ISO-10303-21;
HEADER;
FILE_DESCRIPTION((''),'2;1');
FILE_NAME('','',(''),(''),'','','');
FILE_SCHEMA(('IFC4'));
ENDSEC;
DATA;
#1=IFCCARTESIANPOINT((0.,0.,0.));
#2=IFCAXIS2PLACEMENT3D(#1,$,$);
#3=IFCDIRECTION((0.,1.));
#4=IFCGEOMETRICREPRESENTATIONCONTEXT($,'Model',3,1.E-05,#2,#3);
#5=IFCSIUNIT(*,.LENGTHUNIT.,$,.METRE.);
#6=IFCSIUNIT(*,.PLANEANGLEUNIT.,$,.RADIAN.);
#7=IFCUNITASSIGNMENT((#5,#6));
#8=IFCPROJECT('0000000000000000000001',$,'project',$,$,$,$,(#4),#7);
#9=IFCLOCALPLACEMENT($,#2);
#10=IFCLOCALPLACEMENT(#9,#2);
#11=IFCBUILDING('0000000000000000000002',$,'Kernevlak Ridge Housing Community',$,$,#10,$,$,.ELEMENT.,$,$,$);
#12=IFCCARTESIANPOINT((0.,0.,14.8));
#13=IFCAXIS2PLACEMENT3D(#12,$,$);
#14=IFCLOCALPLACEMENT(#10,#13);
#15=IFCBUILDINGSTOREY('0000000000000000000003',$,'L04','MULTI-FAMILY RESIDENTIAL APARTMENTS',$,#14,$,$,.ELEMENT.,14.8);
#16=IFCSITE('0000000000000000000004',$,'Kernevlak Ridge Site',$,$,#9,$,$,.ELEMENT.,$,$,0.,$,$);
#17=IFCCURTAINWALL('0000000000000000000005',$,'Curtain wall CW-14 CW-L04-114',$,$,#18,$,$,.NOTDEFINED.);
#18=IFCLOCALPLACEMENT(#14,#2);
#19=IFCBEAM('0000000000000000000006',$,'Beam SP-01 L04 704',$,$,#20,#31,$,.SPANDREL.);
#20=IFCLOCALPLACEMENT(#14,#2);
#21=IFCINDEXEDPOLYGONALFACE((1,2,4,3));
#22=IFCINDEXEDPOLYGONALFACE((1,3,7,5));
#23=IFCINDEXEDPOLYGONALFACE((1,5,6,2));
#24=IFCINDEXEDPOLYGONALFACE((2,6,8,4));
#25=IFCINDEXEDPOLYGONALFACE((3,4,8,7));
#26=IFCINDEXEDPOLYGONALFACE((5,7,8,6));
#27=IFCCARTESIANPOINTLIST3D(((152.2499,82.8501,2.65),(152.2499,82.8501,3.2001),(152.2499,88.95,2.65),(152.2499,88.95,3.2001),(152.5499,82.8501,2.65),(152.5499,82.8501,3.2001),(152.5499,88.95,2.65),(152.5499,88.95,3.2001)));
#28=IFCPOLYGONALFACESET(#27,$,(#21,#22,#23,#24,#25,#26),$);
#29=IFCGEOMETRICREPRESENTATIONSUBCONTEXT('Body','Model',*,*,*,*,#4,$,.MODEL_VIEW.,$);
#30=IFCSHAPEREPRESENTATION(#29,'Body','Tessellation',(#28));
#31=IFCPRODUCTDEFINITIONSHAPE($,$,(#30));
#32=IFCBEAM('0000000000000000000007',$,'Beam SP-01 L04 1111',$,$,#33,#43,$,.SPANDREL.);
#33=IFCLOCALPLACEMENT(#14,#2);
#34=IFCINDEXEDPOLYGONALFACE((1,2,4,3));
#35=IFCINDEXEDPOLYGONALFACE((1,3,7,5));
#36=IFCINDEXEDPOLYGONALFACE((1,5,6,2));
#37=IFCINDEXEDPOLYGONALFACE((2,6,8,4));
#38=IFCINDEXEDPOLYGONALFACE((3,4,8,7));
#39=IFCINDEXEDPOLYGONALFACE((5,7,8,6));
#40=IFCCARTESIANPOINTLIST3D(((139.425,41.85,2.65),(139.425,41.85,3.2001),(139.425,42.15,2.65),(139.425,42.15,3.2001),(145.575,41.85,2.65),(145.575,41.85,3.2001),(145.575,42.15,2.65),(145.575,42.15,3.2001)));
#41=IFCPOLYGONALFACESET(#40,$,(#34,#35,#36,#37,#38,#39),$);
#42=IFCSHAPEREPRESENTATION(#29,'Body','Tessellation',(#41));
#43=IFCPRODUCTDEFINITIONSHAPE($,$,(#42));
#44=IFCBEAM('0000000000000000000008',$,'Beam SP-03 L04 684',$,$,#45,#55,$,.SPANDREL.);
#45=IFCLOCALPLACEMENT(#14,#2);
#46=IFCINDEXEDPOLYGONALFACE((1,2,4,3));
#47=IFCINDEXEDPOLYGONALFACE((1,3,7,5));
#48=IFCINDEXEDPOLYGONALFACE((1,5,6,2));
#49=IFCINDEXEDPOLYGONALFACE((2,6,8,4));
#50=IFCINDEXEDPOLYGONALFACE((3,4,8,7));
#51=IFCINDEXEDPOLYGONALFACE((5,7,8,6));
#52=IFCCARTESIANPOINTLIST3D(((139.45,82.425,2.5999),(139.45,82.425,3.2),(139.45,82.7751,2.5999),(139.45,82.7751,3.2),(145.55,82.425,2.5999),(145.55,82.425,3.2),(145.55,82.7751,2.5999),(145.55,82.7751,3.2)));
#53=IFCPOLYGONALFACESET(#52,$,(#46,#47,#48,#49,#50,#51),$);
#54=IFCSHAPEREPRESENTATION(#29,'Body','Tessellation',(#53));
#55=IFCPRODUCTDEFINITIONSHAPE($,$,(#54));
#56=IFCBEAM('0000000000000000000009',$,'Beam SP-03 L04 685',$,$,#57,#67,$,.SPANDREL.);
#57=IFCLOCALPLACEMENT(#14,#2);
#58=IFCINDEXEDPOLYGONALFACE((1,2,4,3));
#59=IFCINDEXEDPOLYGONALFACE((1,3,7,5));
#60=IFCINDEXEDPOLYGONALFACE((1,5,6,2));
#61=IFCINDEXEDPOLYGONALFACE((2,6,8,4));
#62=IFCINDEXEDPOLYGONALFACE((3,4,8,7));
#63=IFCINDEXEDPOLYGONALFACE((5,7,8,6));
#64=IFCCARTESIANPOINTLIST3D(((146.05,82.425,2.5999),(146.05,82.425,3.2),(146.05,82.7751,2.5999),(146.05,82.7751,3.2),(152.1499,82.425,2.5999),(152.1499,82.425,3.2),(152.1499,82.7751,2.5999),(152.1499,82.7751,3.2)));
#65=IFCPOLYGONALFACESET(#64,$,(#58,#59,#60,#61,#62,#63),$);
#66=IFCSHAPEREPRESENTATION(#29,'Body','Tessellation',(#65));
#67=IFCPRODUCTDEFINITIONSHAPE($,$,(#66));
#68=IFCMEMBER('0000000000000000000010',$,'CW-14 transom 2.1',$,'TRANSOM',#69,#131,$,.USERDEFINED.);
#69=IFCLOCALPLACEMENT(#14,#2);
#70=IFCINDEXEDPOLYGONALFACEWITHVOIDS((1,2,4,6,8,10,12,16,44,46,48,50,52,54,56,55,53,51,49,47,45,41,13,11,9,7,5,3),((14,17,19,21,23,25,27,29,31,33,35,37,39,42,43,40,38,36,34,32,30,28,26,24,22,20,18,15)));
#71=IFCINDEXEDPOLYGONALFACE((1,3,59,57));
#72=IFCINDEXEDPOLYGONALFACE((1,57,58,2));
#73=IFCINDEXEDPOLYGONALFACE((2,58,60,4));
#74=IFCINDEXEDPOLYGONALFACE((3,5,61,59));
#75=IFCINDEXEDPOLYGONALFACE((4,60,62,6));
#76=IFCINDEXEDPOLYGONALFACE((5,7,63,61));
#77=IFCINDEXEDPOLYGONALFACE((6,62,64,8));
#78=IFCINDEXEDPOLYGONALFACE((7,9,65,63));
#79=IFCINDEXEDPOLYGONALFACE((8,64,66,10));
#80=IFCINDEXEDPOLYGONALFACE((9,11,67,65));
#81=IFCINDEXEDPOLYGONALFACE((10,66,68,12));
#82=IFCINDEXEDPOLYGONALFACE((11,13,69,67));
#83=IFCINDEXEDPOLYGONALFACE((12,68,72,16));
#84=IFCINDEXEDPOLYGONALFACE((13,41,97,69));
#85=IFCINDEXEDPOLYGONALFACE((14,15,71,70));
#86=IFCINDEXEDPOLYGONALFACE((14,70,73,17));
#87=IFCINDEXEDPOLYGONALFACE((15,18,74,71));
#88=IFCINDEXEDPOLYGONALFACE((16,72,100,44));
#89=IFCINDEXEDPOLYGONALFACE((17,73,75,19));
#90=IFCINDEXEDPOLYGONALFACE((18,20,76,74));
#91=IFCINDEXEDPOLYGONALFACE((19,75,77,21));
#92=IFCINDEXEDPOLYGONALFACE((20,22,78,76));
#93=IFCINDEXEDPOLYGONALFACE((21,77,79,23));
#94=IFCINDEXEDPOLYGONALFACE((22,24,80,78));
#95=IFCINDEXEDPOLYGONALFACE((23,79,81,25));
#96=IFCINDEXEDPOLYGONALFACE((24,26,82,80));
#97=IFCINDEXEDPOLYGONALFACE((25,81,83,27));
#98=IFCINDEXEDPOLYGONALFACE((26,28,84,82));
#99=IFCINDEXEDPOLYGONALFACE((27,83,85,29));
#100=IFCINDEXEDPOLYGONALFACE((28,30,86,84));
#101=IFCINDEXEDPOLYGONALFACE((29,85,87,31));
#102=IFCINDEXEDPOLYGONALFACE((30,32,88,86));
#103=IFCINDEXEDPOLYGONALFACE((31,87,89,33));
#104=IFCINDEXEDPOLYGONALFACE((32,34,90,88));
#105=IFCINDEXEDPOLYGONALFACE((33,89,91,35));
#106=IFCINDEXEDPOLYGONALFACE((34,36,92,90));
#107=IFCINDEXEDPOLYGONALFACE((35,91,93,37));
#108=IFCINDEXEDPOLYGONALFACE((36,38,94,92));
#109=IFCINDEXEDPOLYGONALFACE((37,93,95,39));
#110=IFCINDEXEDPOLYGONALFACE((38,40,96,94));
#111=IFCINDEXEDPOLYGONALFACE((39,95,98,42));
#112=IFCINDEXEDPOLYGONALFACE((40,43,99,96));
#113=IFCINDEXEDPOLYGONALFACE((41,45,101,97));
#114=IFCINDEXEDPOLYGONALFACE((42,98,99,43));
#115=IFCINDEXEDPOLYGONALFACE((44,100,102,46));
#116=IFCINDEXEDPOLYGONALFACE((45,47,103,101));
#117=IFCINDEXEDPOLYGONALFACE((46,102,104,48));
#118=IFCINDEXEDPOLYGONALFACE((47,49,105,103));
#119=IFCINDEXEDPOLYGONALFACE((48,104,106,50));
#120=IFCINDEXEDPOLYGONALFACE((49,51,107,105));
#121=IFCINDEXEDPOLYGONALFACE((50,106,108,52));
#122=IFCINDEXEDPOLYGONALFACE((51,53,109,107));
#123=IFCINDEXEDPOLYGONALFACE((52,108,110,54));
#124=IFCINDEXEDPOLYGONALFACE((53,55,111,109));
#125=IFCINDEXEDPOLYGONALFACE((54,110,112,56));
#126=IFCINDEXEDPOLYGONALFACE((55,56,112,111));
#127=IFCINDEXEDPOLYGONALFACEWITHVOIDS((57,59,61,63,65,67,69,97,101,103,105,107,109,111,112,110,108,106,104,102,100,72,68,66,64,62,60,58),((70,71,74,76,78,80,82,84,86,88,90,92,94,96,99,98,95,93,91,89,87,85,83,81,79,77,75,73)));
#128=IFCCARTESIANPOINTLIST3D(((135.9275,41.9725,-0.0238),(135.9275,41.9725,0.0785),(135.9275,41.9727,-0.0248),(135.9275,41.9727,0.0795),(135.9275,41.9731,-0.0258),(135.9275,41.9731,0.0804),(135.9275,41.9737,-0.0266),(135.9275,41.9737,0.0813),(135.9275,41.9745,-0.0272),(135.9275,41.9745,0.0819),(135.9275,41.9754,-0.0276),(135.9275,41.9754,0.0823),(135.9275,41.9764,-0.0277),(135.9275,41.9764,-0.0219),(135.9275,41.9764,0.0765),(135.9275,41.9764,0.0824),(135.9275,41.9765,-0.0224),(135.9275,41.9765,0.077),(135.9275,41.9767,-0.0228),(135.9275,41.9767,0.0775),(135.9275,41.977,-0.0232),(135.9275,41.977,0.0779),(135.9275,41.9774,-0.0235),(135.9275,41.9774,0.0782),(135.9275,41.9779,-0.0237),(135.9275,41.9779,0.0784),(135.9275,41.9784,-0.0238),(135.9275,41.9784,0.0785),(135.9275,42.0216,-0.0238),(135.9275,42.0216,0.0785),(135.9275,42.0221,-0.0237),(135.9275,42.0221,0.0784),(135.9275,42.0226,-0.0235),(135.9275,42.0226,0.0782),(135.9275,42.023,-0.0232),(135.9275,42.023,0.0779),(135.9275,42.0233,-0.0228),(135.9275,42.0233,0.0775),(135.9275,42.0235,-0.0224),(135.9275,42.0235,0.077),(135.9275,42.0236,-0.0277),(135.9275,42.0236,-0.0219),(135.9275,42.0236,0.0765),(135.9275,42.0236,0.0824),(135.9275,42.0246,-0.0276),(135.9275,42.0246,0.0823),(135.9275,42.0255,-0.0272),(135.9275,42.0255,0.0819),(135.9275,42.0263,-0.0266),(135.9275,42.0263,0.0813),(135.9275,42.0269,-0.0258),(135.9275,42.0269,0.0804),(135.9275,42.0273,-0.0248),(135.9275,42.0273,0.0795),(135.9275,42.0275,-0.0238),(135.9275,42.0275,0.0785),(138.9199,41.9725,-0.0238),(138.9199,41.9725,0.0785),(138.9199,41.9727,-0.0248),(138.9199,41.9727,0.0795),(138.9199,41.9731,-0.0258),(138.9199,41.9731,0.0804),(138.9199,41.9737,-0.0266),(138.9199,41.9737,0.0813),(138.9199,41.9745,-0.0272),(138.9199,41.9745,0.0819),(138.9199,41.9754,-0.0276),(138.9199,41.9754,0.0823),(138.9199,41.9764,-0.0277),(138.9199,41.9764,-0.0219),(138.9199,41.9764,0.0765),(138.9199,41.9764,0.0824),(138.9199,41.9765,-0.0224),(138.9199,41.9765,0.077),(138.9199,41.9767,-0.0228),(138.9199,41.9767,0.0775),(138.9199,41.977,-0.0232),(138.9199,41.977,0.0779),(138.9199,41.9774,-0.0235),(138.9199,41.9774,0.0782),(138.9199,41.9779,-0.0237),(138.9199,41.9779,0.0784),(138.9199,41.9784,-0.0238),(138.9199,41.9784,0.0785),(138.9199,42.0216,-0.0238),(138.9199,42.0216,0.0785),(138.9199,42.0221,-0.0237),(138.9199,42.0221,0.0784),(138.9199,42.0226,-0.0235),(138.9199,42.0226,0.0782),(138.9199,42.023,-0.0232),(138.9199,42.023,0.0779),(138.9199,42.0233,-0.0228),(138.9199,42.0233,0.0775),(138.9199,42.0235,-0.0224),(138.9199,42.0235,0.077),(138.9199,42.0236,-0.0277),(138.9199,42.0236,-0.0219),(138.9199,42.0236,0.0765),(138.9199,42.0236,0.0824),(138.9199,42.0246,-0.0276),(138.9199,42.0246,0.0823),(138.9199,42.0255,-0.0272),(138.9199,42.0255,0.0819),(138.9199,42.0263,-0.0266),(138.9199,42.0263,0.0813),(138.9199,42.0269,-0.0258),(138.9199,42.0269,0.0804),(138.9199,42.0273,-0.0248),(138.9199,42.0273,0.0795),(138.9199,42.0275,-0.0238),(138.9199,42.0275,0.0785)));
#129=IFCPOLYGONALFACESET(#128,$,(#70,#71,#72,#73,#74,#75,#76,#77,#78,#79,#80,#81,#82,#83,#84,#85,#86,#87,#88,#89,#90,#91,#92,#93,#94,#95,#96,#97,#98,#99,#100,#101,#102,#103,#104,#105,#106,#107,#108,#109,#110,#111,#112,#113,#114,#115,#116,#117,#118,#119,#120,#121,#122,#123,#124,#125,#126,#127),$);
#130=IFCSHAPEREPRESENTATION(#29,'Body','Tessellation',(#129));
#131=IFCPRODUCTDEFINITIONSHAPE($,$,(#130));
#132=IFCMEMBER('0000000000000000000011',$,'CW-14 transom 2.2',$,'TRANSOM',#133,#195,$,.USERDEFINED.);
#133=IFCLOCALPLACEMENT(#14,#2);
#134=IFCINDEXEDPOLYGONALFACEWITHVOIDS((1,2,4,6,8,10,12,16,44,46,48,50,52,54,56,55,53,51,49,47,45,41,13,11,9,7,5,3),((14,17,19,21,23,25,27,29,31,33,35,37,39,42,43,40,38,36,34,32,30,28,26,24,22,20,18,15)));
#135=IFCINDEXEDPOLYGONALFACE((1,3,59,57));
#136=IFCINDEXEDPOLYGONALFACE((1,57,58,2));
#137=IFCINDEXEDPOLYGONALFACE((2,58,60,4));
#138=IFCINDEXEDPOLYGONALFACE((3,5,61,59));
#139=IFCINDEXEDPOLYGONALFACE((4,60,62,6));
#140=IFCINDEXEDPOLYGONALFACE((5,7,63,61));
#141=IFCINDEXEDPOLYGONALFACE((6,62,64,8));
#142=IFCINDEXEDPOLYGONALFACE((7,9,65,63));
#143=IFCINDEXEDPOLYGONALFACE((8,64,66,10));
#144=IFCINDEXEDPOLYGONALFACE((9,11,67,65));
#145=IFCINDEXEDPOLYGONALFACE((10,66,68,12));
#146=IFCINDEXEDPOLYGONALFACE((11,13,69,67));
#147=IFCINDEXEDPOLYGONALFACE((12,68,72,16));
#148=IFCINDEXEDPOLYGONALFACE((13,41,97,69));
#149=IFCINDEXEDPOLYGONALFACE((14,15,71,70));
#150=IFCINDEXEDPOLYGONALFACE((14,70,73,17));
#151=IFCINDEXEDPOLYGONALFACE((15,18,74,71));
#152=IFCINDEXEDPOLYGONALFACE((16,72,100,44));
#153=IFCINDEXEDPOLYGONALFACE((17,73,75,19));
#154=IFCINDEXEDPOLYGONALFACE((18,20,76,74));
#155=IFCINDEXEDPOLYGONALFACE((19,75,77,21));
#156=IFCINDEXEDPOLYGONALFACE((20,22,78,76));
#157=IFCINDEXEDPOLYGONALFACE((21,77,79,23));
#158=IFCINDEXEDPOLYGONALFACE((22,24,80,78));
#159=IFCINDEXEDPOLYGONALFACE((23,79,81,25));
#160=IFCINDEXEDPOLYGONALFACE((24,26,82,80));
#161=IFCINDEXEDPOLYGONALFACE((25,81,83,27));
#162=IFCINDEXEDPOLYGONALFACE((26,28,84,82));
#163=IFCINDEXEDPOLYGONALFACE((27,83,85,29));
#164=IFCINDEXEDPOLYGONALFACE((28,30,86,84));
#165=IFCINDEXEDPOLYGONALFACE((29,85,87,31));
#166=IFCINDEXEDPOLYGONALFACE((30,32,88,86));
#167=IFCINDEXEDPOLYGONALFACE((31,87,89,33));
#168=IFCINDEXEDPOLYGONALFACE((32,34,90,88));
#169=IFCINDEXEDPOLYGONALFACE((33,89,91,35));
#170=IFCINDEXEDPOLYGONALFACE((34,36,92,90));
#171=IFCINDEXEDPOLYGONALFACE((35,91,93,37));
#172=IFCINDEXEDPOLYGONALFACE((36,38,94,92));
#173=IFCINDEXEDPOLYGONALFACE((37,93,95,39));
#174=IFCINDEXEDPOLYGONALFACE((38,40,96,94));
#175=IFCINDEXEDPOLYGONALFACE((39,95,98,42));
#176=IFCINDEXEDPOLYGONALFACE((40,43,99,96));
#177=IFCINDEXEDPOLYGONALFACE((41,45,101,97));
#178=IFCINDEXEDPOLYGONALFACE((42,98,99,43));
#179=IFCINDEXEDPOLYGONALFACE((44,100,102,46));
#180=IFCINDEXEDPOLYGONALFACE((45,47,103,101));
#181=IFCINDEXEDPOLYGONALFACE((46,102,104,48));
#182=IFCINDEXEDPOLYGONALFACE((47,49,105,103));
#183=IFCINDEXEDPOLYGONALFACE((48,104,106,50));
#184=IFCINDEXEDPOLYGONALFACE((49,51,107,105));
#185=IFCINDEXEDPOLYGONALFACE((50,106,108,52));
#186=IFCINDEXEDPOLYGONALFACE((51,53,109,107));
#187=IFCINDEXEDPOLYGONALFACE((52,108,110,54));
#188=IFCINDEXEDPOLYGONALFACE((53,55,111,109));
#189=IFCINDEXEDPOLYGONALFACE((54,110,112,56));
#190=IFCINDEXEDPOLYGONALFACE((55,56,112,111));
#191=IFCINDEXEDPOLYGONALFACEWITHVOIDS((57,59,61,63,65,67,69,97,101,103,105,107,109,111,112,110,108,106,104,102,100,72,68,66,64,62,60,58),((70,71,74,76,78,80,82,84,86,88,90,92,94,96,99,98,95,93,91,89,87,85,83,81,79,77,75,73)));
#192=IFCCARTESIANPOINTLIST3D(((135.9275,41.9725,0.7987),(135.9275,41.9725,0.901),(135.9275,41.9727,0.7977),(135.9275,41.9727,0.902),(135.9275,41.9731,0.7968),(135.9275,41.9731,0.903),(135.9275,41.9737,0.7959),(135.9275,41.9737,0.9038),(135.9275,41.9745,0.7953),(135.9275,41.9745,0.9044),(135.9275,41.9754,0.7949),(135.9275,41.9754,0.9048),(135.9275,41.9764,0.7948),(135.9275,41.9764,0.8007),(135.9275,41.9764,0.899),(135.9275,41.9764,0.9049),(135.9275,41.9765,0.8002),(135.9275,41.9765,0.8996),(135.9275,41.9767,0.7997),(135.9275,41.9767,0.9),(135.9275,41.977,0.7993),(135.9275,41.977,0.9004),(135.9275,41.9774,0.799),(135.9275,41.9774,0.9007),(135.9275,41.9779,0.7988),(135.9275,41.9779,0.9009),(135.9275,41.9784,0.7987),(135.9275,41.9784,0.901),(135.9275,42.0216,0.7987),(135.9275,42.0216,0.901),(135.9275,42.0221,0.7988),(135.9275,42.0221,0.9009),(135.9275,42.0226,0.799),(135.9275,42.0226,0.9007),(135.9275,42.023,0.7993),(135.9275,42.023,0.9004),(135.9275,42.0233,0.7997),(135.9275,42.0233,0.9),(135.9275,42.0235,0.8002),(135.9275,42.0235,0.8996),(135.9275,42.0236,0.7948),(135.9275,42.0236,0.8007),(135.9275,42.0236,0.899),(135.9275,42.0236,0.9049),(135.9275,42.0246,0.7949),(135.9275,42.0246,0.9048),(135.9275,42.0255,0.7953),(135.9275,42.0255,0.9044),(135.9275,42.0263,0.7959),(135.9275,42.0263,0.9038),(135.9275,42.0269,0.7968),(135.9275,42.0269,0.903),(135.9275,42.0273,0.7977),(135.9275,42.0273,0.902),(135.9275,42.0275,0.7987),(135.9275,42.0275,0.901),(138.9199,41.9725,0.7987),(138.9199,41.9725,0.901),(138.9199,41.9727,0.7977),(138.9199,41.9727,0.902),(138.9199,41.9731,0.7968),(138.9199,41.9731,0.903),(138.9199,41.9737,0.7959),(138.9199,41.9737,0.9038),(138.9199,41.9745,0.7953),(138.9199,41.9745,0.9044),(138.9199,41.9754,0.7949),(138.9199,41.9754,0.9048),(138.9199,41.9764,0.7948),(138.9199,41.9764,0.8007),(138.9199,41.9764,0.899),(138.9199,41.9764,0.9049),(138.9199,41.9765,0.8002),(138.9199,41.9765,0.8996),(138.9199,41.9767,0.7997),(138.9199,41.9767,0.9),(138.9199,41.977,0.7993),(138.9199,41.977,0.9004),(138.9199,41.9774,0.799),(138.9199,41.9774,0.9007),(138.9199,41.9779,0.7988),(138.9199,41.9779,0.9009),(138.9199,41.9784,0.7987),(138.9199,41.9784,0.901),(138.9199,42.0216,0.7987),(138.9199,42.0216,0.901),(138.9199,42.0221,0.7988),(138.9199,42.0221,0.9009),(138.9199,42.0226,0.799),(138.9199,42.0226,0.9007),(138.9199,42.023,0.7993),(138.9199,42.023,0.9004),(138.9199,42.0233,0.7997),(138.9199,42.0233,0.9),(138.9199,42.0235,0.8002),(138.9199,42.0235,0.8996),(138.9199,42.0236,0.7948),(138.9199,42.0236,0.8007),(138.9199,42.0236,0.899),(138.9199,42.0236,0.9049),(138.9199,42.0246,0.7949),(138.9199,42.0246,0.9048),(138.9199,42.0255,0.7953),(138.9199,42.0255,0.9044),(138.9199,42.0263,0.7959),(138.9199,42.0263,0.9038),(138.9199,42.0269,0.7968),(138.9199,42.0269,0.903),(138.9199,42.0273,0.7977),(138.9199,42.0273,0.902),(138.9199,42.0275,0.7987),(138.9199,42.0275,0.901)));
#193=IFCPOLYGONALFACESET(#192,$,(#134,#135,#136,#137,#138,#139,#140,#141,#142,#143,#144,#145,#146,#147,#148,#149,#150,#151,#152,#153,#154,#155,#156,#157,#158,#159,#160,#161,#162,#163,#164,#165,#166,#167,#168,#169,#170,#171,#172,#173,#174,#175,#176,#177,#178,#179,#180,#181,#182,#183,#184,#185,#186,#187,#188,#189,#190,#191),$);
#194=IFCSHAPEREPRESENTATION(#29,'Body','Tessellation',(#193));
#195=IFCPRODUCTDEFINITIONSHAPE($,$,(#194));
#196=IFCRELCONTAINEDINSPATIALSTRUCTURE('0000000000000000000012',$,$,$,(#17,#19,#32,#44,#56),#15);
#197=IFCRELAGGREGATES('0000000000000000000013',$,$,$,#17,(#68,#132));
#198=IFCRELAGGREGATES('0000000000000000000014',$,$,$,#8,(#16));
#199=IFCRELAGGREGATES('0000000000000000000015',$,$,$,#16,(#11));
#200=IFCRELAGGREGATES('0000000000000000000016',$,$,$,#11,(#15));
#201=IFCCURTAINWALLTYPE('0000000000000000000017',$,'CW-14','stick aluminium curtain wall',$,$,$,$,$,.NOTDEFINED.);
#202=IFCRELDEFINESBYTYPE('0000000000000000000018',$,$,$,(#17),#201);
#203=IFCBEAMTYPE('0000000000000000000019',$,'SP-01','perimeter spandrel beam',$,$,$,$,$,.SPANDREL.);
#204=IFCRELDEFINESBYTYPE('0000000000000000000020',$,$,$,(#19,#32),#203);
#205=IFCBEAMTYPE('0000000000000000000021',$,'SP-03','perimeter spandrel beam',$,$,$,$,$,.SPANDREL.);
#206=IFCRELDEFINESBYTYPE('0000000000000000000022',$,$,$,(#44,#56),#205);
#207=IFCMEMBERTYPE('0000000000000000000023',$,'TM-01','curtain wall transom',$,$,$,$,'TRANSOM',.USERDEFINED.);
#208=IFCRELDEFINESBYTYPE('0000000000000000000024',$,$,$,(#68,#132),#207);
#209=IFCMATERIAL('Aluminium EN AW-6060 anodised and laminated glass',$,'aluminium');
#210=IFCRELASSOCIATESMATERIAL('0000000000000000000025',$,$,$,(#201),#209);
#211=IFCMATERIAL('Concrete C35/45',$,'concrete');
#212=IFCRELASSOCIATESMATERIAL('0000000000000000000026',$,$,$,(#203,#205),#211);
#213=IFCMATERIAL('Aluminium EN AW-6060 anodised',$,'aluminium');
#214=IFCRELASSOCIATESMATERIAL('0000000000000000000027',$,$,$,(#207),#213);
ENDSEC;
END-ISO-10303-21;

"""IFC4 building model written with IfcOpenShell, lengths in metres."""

from ifc_helpers import new_model, si_unit, direction, frame, origin, origin_2d, place, context, subcontext, project, spatial, rectangle, hollow_rectangle, extrude, material, material_profile, profile_set, type_object, element, aggregate, save


model = new_model("IFC4")

# Units and contexts
model_context = context("Model", 3, precision=1e-05, world=origin(), true_north=direction((0.0, 1.0)))
body_context = subcontext(model_context, "Body", "Model", "MODEL_VIEW")
ifc_project = project(units=[si_unit("LENGTHUNIT", "METRE"), si_unit("PLANEANGLEUNIT", "RADIAN")], contexts=[model_context])

# Site, building, storey
site_placement = place(None, origin())
site = spatial("IfcSite", under=ifc_project, at=site_placement, Name="Kernevlak Ridge Site", CompositionType="ELEMENT", RefElevation=0.0)
building_placement = place(site_placement, origin())
building = spatial("IfcBuilding", under=site, at=building_placement, Name="Kernevlak Ridge Housing Community", CompositionType="ELEMENT")
storey_placement = place(building_placement, frame((0.0, 0.0, 14.8)))
storey = spatial("IfcBuildingStorey", under=building, at=storey_placement, Name="L04", Description="MULTI-FAMILY RESIDENTIAL APARTMENTS", CompositionType="ELEMENT", Elevation=14.8)

# Shared definitions
ifc_material_1 = material(Name="Concrete C35/45", Category="concrete")

# Curtain wall
ifc_material_2 = material(Name="Aluminium EN AW-6060 anodised and laminated glass", Category="aluminium")
curtain_wall_type = type_object("IfcCurtainWallType", Name="CW-14", Description="stick aluminium curtain wall", PredefinedType="NOTDEFINED", material=ifc_material_2)
curtain_wall_placement = place(storey_placement, origin())
curtain_wall = element("IfcCurtainWall", 1, at=curtain_wall_placement, inside=storey, type_object=curtain_wall_type, Name="Curtain wall CW-14 CW-L04-114", PredefinedType="NOTDEFINED")
ifc_material_3 = material(Name="Aluminium EN AW-6060 anodised", Category="aluminium")

# Beams
ifc_material_profile_1 = material_profile(ifc_material_1, rectangle(XDim=0.3, YDim=0.55, at=origin_2d()), Name="RC 300x550")
ifc_profile_set_1 = profile_set([ifc_material_profile_1], Name="Concrete C35/45")
beam_type_1 = type_object("IfcBeamType", Name="SP-01", Description="perimeter spandrel beam", PredefinedType="SPANDREL", material=ifc_profile_set_1)
beam_1_placement = place(storey_placement, frame((152.3999, 82.8501, 2.925), z_axis=(0.0, 1.0, 0.0), x_axis=(-1.0, 0.0, 0.0)))
element("IfcBeam", 2, at=beam_1_placement, inside=storey, type_object=beam_type_1, Name="Beam SP-01 L04 704", PredefinedType="SPANDREL", context=body_context, shape_type="SweptSolid", body=[
    extrude(rectangle(XDim=0.3, YDim=0.55, at=origin_2d()), origin(), (0.0, 0.0, 1.0), 6.0999),
])
beam_2_placement = place(storey_placement, frame((139.425, 42.0, 2.925), z_axis=(1.0, 0.0, 0.0), x_axis=(0.0, 1.0, 0.0)))
element("IfcBeam", 3, at=beam_2_placement, inside=storey, type_object=beam_type_1, Name="Beam SP-01 L04 1111", PredefinedType="SPANDREL", context=body_context, shape_type="SweptSolid", body=[
    extrude(rectangle(XDim=0.3, YDim=0.55, at=origin_2d()), origin(), (0.0, 0.0, 1.0), 6.1499),
])
ifc_material_profile_2 = material_profile(ifc_material_1, rectangle(XDim=0.3501, YDim=0.6001, at=origin_2d()), Name="RC 350x600")
ifc_profile_set_2 = profile_set([ifc_material_profile_2], Name="Concrete C35/45")
beam_type_2 = type_object("IfcBeamType", Name="SP-03", Description="perimeter spandrel beam", PredefinedType="SPANDREL", material=ifc_profile_set_2)
beam_3_placement = place(storey_placement, frame((139.45, 82.6001, 2.8999), z_axis=(1.0, 0.0, 0.0), x_axis=(0.0, 1.0, 0.0)))
element("IfcBeam", 4, at=beam_3_placement, inside=storey, type_object=beam_type_2, Name="Beam SP-03 L04 684", PredefinedType="SPANDREL", context=body_context, shape_type="SweptSolid", body=[
    extrude(rectangle(XDim=0.3501, YDim=0.6001, at=origin_2d()), origin(), (0.0, 0.0, 1.0), 6.1001),
])
beam_4_placement = place(storey_placement, frame((146.05, 82.6001, 2.8999), z_axis=(1.0, 0.0, 0.0), x_axis=(0.0, 1.0, 0.0)))
element("IfcBeam", 5, at=beam_4_placement, inside=storey, type_object=beam_type_2, Name="Beam SP-03 L04 685", PredefinedType="SPANDREL", context=body_context, shape_type="SweptSolid", body=[
    extrude(rectangle(XDim=0.3501, YDim=0.6001, at=origin_2d()), origin(), (0.0, 0.0, 1.0), 6.0999),
])

# Members
ifc_material_profile_3 = material_profile(ifc_material_3, hollow_rectangle(XDim=0.0549, YDim=0.1101, WallThickness=0.0039, InnerFilletRadius=0.002, OuterFilletRadius=0.0039, at=origin_2d()), Name="ALU 55x110x4")
ifc_profile_set_3 = profile_set([ifc_material_profile_3], Name="Aluminium EN AW-6060 anodised")
member_type_1 = type_object("IfcMemberType", Name="TM-01", Description="curtain wall transom", ElementType="TRANSOM", PredefinedType="USERDEFINED", material=ifc_profile_set_3)
member_1_placement = place(storey_placement, frame((135.9275, 42.0, 0.0273), z_axis=(1.0, 0.0, 0.0), x_axis=(0.0, 1.0, 0.0)))
member_1 = element("IfcMember", 6, at=member_1_placement, type_object=member_type_1, Name="CW-14 transom 2.1", ObjectType="TRANSOM", PredefinedType="USERDEFINED", context=body_context, shape_type="SweptSolid", body=[
    extrude(hollow_rectangle(XDim=0.0549, YDim=0.1101, WallThickness=0.0039, InnerFilletRadius=0.002, OuterFilletRadius=0.0039, at=origin_2d()), origin(), (0.0, 0.0, 1.0), 2.9924),
])
member_2_placement = place(storey_placement, frame((135.9275, 42.0, 0.8499), z_axis=(1.0, 0.0, 0.0), x_axis=(0.0, 1.0, 0.0)))
member_2 = element("IfcMember", 7, at=member_2_placement, type_object=member_type_1, Name="CW-14 transom 2.2", ObjectType="TRANSOM", PredefinedType="USERDEFINED", context=body_context, shape_type="SweptSolid", body=[
    extrude(hollow_rectangle(XDim=0.0549, YDim=0.1101, WallThickness=0.0039, InnerFilletRadius=0.002, OuterFilletRadius=0.0039, at=origin_2d()), origin(), (0.0, 0.0, 1.0), 2.9924),
])

aggregate(curtain_wall, [member_1, member_2])

save(model, "model.ifc")
